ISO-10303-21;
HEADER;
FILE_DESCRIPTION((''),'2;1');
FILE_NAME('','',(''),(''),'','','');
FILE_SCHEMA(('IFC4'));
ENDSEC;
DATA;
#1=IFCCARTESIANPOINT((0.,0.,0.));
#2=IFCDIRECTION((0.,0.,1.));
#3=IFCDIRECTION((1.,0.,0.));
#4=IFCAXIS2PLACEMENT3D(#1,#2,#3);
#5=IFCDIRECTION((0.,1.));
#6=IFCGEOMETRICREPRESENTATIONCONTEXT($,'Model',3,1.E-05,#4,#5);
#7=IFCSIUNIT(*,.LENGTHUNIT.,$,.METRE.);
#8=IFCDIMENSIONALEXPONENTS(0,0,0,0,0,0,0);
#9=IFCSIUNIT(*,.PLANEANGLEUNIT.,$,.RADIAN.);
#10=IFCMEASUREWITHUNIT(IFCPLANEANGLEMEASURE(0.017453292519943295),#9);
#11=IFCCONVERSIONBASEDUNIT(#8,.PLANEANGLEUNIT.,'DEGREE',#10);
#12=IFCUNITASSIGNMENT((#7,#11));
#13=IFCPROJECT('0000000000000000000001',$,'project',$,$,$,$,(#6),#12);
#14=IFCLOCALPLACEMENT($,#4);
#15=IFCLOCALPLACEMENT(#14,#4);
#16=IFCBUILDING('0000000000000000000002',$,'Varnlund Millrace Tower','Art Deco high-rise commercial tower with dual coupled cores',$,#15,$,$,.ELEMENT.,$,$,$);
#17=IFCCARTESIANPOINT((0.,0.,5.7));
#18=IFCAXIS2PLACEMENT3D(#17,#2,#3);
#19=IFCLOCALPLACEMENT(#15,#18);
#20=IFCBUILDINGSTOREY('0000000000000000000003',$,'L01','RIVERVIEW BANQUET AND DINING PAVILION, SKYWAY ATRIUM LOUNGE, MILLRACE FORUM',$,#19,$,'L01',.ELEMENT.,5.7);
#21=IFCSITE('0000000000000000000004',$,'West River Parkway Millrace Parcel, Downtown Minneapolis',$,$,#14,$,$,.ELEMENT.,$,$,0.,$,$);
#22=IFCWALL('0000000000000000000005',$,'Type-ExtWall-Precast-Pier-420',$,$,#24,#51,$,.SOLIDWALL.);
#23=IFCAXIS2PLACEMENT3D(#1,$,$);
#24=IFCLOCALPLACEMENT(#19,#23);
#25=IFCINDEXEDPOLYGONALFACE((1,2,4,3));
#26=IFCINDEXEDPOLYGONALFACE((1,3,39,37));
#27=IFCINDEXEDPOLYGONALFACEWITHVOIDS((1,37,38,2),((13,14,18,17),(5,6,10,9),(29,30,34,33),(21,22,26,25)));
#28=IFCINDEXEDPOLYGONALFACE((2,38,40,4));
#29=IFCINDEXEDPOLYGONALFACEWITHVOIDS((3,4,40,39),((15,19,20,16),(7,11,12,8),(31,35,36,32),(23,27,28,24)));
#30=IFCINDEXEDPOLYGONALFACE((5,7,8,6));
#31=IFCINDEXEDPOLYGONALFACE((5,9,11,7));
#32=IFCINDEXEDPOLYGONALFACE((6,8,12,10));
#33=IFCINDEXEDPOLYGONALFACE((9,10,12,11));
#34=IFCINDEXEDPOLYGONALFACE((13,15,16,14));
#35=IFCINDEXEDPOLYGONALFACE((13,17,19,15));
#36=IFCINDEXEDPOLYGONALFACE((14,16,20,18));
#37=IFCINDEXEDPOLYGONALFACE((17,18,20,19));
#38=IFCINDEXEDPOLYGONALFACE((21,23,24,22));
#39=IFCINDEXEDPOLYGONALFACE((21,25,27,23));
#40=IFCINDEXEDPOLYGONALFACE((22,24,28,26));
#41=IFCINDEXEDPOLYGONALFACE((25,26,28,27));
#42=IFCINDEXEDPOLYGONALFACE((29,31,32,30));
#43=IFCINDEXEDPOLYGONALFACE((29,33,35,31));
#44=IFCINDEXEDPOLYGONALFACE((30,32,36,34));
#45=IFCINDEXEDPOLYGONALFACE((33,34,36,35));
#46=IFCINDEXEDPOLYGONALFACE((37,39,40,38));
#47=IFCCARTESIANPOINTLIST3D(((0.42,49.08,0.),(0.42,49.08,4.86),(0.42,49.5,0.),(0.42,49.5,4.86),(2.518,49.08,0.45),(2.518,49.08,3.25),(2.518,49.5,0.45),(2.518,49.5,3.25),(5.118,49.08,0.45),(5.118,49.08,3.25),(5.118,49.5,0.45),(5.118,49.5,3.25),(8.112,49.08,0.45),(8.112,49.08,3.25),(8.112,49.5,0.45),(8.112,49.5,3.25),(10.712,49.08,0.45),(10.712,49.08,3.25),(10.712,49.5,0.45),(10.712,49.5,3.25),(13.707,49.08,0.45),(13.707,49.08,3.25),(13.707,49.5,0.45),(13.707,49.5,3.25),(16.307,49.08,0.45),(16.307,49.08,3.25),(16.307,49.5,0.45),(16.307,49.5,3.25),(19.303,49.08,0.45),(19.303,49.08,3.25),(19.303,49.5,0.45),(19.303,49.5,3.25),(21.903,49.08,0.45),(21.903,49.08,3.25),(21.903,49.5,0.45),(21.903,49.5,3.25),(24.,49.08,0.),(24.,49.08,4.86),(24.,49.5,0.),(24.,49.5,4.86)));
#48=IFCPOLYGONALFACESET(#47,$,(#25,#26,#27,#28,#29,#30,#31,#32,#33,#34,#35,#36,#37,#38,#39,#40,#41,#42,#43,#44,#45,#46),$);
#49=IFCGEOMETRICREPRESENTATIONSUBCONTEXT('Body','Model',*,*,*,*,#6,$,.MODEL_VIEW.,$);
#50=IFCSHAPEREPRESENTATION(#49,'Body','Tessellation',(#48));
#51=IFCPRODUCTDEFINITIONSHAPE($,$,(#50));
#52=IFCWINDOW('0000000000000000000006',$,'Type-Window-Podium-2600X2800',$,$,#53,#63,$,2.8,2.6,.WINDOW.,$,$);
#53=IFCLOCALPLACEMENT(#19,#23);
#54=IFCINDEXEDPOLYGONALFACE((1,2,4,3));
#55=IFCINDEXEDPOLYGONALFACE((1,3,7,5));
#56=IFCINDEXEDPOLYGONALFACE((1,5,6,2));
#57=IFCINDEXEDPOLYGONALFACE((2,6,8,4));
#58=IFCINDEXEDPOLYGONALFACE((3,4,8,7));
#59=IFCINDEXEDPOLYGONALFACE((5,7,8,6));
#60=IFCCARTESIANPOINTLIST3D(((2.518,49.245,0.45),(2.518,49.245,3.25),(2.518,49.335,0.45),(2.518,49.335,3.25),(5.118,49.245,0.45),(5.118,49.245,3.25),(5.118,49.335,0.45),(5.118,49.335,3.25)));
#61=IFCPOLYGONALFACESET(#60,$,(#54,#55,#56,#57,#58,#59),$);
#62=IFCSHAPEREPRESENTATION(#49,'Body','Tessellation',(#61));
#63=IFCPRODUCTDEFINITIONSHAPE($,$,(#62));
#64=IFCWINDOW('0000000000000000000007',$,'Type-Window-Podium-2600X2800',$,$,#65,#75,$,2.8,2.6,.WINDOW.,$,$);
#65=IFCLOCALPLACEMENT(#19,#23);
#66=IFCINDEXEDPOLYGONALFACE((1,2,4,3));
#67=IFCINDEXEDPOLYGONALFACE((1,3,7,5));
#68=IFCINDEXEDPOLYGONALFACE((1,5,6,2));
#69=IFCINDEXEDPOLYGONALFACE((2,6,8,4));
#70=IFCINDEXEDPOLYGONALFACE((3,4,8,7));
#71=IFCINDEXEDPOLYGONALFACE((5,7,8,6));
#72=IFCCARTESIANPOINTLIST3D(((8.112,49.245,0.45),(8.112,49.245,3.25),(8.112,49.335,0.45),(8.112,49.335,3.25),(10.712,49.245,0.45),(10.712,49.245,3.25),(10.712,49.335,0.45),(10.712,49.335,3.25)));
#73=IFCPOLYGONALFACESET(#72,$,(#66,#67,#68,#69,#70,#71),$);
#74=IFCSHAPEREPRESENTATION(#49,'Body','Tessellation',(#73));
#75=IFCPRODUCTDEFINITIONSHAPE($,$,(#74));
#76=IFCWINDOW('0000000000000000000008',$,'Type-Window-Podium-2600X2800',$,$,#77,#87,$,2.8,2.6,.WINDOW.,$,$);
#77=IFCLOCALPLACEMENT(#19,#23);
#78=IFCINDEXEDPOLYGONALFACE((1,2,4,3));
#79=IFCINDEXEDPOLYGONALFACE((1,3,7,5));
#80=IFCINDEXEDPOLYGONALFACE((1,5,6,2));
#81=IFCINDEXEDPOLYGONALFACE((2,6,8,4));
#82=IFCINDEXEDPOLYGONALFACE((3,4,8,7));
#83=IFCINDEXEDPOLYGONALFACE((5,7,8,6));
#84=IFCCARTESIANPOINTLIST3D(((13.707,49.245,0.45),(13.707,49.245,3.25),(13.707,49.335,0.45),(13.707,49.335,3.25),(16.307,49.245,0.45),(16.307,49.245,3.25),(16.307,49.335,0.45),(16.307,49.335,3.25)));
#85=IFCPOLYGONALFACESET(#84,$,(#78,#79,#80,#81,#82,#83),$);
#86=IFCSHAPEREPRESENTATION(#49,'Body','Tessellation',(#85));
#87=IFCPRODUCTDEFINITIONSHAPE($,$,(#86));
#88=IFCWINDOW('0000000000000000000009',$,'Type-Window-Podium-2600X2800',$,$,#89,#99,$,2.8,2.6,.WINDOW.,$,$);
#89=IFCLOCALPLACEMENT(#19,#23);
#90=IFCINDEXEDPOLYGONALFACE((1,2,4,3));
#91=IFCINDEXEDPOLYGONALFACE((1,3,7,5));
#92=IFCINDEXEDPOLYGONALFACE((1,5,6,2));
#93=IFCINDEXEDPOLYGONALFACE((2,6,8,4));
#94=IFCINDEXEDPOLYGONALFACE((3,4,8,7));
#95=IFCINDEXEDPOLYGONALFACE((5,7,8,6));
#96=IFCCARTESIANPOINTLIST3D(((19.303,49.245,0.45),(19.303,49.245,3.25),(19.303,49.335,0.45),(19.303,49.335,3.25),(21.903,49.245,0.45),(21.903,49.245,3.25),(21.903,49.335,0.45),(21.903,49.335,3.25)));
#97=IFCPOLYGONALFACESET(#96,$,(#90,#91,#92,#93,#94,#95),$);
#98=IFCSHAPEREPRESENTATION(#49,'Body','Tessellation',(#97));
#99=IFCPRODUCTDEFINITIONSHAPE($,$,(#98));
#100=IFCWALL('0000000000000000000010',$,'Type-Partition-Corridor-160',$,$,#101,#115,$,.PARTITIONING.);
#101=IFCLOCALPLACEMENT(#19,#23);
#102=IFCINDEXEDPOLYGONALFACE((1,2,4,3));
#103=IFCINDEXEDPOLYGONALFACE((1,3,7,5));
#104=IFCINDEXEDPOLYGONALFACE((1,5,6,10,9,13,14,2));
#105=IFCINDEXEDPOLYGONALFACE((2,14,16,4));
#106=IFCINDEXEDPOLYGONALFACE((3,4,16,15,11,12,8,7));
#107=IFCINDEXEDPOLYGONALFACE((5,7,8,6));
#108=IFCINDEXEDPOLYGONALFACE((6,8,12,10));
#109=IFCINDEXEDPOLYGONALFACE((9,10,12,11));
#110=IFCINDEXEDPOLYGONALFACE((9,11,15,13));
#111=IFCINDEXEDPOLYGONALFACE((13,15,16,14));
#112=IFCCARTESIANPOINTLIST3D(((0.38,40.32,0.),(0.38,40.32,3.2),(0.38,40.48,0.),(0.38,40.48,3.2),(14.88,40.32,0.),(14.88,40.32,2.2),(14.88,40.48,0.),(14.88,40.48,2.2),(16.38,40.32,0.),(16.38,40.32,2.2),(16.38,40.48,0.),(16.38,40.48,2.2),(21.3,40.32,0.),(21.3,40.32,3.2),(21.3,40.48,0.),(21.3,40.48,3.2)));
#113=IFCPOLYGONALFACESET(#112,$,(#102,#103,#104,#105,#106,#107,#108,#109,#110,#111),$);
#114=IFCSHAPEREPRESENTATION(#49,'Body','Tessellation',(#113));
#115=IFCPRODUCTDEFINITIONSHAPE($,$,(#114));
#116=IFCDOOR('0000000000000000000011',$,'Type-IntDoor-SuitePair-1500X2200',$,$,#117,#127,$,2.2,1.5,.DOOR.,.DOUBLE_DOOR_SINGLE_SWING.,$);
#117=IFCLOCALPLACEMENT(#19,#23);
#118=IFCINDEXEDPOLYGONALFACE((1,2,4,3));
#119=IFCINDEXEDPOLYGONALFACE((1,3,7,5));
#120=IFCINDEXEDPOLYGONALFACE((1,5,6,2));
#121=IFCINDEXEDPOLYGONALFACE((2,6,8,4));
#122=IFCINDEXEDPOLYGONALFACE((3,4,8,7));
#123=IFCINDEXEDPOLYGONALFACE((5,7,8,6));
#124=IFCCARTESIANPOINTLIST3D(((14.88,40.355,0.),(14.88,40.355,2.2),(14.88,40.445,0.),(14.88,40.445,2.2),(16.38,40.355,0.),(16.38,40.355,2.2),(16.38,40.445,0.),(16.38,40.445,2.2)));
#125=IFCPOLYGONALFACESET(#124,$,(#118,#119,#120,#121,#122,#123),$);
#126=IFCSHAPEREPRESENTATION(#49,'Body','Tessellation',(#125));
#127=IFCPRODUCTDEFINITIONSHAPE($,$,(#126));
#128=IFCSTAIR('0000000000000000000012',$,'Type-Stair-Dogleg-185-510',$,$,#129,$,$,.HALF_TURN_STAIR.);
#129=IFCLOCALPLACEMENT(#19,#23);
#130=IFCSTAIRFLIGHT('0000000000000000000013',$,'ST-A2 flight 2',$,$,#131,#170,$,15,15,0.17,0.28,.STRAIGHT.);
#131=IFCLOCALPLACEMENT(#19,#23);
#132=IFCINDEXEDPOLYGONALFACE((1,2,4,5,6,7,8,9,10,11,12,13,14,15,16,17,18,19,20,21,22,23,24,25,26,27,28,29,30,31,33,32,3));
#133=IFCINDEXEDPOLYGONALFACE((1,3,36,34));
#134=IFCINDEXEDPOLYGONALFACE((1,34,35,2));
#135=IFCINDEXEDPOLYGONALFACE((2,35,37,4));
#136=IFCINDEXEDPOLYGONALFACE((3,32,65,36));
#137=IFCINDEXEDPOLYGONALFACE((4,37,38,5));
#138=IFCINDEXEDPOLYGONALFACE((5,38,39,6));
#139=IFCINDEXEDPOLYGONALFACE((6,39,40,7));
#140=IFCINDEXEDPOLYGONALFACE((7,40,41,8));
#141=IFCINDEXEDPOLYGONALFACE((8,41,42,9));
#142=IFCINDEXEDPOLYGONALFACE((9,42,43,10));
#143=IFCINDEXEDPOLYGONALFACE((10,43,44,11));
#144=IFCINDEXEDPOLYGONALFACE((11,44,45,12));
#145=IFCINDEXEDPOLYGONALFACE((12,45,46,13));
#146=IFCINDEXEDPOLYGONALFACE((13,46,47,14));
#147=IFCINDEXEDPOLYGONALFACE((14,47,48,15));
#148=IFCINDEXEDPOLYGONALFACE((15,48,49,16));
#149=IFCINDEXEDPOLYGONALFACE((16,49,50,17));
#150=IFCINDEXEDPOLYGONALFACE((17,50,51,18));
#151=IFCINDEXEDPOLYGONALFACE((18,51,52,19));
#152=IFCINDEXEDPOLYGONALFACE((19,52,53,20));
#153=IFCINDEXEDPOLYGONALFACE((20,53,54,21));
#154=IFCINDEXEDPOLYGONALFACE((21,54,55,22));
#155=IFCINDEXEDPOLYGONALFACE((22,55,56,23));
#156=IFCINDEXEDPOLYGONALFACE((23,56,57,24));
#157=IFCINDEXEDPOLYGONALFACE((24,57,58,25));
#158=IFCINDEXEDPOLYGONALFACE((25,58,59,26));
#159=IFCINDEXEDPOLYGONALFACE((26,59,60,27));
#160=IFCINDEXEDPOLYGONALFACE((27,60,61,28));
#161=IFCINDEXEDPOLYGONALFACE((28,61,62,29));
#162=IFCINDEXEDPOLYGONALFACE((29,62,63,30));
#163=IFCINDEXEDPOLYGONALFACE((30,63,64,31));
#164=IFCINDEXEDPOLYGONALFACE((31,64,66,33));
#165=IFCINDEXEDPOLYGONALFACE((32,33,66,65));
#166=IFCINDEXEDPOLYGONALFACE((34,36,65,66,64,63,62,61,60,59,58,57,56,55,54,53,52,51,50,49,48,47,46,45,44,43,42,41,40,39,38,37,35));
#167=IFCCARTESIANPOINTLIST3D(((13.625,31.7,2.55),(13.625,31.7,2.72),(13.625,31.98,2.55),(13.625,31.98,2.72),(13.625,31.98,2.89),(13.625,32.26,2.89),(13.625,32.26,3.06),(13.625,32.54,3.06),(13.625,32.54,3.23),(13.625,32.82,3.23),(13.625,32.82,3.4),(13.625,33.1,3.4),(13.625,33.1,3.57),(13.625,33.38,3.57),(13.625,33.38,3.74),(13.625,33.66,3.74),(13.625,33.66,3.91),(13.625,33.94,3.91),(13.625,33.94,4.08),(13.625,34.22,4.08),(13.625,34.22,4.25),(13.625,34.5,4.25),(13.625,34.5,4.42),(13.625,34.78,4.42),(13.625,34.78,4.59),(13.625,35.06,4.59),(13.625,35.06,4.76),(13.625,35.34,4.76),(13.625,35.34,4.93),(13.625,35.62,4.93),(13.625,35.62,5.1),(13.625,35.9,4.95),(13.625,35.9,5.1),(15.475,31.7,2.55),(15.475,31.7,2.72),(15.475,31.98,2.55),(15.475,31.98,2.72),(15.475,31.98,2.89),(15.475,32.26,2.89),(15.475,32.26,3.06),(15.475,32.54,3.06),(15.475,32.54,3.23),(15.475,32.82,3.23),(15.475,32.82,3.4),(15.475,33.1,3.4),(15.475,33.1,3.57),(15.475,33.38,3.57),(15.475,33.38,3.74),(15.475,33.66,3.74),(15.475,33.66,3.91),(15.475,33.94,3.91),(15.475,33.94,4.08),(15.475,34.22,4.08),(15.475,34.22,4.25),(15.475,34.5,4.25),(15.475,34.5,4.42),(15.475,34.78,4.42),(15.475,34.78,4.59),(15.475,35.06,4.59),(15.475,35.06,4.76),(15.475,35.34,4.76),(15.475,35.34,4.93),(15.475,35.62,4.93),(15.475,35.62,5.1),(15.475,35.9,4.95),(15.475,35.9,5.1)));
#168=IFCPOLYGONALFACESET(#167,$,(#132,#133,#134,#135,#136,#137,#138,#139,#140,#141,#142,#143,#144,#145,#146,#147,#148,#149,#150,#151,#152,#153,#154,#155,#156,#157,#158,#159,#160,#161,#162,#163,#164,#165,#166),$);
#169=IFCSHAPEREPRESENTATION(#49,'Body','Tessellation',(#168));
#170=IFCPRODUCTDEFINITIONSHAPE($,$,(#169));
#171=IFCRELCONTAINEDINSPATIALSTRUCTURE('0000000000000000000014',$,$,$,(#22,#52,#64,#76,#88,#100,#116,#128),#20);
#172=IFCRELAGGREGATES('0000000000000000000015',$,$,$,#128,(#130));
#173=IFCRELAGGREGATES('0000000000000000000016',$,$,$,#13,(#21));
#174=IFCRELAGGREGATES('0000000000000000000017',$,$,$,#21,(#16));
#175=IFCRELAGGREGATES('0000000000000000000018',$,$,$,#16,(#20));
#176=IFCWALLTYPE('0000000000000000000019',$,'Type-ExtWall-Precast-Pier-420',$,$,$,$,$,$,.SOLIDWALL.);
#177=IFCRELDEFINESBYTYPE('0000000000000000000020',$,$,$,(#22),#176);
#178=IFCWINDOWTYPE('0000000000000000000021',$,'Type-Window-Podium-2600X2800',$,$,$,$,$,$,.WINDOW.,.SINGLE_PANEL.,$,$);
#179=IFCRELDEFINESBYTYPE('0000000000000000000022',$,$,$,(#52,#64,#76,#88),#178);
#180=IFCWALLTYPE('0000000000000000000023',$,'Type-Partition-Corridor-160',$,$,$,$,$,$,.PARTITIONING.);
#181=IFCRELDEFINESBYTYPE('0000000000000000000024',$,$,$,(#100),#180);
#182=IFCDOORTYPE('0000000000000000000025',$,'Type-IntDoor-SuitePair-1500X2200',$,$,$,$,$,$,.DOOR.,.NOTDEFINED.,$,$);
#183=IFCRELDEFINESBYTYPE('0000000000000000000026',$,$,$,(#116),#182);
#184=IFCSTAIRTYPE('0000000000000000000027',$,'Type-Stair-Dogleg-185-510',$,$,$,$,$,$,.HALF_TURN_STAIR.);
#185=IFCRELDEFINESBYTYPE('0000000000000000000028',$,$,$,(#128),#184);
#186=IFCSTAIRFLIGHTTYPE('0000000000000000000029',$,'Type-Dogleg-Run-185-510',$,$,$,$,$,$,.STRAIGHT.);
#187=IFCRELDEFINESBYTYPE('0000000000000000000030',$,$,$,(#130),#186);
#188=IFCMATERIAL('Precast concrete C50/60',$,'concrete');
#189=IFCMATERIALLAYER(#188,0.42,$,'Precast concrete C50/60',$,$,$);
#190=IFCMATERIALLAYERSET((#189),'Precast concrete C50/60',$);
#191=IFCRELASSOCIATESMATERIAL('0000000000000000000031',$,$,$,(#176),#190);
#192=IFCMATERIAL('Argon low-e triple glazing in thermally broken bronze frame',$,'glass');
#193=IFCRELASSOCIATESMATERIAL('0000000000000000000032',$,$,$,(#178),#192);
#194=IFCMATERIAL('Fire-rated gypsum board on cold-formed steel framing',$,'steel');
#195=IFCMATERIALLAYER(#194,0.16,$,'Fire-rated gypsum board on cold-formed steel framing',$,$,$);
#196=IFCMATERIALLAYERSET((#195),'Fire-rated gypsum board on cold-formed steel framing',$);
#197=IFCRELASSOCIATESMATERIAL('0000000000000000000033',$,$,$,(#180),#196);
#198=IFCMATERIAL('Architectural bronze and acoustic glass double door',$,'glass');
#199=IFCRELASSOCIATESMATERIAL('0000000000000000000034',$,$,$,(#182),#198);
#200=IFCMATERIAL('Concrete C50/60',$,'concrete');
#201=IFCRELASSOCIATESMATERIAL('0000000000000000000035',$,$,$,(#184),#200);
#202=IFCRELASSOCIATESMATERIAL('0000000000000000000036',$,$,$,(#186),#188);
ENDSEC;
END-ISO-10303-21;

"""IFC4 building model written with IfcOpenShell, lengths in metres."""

from ifc_helpers import new_model, entity, si_unit, converted_unit, direction, frame, origin_with_axes, origin_2d_with_axis, place, context, subcontext, project, spatial, polyline, rectangle, outline, extrude, material, layer, layer_set, type_object, element, fill, aggregate, save


model = new_model("IFC4")

# Units and contexts
model_context = context("Model", 3, precision=1e-05, world=origin_with_axes(), true_north=direction((0.0, 1.0)))
body_context = subcontext(model_context, "Body", "Model", "MODEL_VIEW")
ifc_project = project(units=[si_unit("LENGTHUNIT", "METRE"), converted_unit("PLANEANGLEUNIT", "DEGREE", entity("IfcPlaneAngleMeasure", 0.017453292519943295), si_unit("PLANEANGLEUNIT", "RADIAN"), dimensions=[0, 0, 0, 0, 0, 0, 0])], contexts=[model_context])

# Site, building, storey
site_placement = place(None, origin_with_axes())
site = spatial("IfcSite", under=ifc_project, at=site_placement, Name="West River Parkway Millrace Parcel, Downtown Minneapolis", CompositionType="ELEMENT", RefElevation=0.0)
building_placement = place(site_placement, origin_with_axes())
building = spatial("IfcBuilding", under=site, at=building_placement, Name="Varnlund Millrace Tower", Description="Art Deco high-rise commercial tower with dual coupled cores", CompositionType="ELEMENT")
storey_placement = place(building_placement, frame((0.0, 0.0, 5.7), z_axis=(0.0, 0.0, 1.0), x_axis=(1.0, 0.0, 0.0)))
storey = spatial("IfcBuildingStorey", under=building, at=storey_placement, Name="L01", Description="RIVERVIEW BANQUET AND DINING PAVILION, SKYWAY ATRIUM LOUNGE, MILLRACE FORUM", LongName="L01", CompositionType="ELEMENT", Elevation=5.7)

# Wall, openings, windows
ifc_material_1 = material(Name="Precast concrete C50/60", Category="concrete")
ifc_layer_1 = layer(ifc_material_1, 0.42, Name="Precast concrete C50/60")
ifc_layer_set_1 = layer_set([ifc_layer_1], Name="Precast concrete C50/60")
wall_type_1 = type_object("IfcWallType", Name="Type-ExtWall-Precast-Pier-420", PredefinedType="SOLIDWALL", material=ifc_layer_set_1)
wall_1_placement = place(storey_placement, frame((0.42, 49.29, 0.0), z_axis=(0.0, 0.0, 1.0), x_axis=(1.0, 0.0, 0.0)))
wall_1 = element("IfcWall", 1, at=wall_1_placement, inside=storey, type_object=wall_type_1, Name="Type-ExtWall-Precast-Pier-420", PredefinedType="SOLIDWALL", context=body_context, shape_type="SweptSolid", body=[
    extrude(outline(polyline([(0.0, -0.21), (23.58, -0.21), (23.58, 0.21), (0.0, 0.21), (0.0, -0.21)])), origin_with_axes(), (0.0, 0.0, 1.0), 4.86),
])
opening_1_placement = place(wall_1_placement, frame((3.398, 0.0, 0.45), z_axis=(0.0, 0.0, 1.0), x_axis=(1.0, 0.0, 0.0)))
opening_1 = element("IfcOpeningElement", 2, at=opening_1_placement, cuts=wall_1, PredefinedType="OPENING", context=body_context, shape_type="SweptSolid", body=[
    extrude(rectangle(XDim=2.6, YDim=0.44, at=origin_2d_with_axis()), origin_with_axes(), (0.0, 0.0, 1.0), 2.8),
])
opening_2_placement = place(wall_1_placement, frame((8.992, 0.0, 0.45), z_axis=(0.0, 0.0, 1.0), x_axis=(1.0, 0.0, 0.0)))
opening_2 = element("IfcOpeningElement", 3, at=opening_2_placement, cuts=wall_1, PredefinedType="OPENING", context=body_context, shape_type="SweptSolid", body=[
    extrude(rectangle(XDim=2.6, YDim=0.44, at=origin_2d_with_axis()), origin_with_axes(), (0.0, 0.0, 1.0), 2.8),
])
opening_3_placement = place(wall_1_placement, frame((14.587, 0.0, 0.45), z_axis=(0.0, 0.0, 1.0), x_axis=(1.0, 0.0, 0.0)))
opening_3 = element("IfcOpeningElement", 4, at=opening_3_placement, cuts=wall_1, PredefinedType="OPENING", context=body_context, shape_type="SweptSolid", body=[
    extrude(rectangle(XDim=2.6, YDim=0.44, at=origin_2d_with_axis()), origin_with_axes(), (0.0, 0.0, 1.0), 2.8),
])
opening_4_placement = place(wall_1_placement, frame((20.183, 0.0, 0.45), z_axis=(0.0, 0.0, 1.0), x_axis=(1.0, 0.0, 0.0)))
opening_4 = element("IfcOpeningElement", 5, at=opening_4_placement, cuts=wall_1, PredefinedType="OPENING", context=body_context, shape_type="SweptSolid", body=[
    extrude(rectangle(XDim=2.6, YDim=0.44, at=origin_2d_with_axis()), origin_with_axes(), (0.0, 0.0, 1.0), 2.8),
])
ifc_material_2 = material(Name="Argon low-e triple glazing in thermally broken bronze frame", Category="glass")
window_type = type_object("IfcWindowType", Name="Type-Window-Podium-2600X2800", PartitioningType="SINGLE_PANEL", PredefinedType="WINDOW", material=ifc_material_2)
window_1_placement = place(wall_1_placement, frame((3.398, 0.0, 0.45), z_axis=(0.0, 0.0, 1.0), x_axis=(1.0, 0.0, 0.0)))
window_1 = element("IfcWindow", 6, at=window_1_placement, inside=storey, type_object=window_type, Name="Type-Window-Podium-2600X2800", OverallHeight=2.8, OverallWidth=2.6, PredefinedType="WINDOW", context=body_context, shape_type="SweptSolid", body=[
    extrude(rectangle(XDim=2.6, YDim=0.09, at=origin_2d_with_axis()), origin_with_axes(), (0.0, 0.0, 1.0), 2.8),
])
fill(opening_1, window_1)
window_2_placement = place(wall_1_placement, frame((8.992, 0.0, 0.45), z_axis=(0.0, 0.0, 1.0), x_axis=(1.0, 0.0, 0.0)))
window_2 = element("IfcWindow", 7, at=window_2_placement, inside=storey, type_object=window_type, Name="Type-Window-Podium-2600X2800", OverallHeight=2.8, OverallWidth=2.6, PredefinedType="WINDOW", context=body_context, shape_type="SweptSolid", body=[
    extrude(rectangle(XDim=2.6, YDim=0.09, at=origin_2d_with_axis()), origin_with_axes(), (0.0, 0.0, 1.0), 2.8),
])
fill(opening_2, window_2)
window_3_placement = place(wall_1_placement, frame((14.587, 0.0, 0.45), z_axis=(0.0, 0.0, 1.0), x_axis=(1.0, 0.0, 0.0)))
window_3 = element("IfcWindow", 8, at=window_3_placement, inside=storey, type_object=window_type, Name="Type-Window-Podium-2600X2800", OverallHeight=2.8, OverallWidth=2.6, PredefinedType="WINDOW", context=body_context, shape_type="SweptSolid", body=[
    extrude(rectangle(XDim=2.6, YDim=0.09, at=origin_2d_with_axis()), origin_with_axes(), (0.0, 0.0, 1.0), 2.8),
])
fill(opening_3, window_3)
window_4_placement = place(wall_1_placement, frame((20.183, 0.0, 0.45), z_axis=(0.0, 0.0, 1.0), x_axis=(1.0, 0.0, 0.0)))
window_4 = element("IfcWindow", 9, at=window_4_placement, inside=storey, type_object=window_type, Name="Type-Window-Podium-2600X2800", OverallHeight=2.8, OverallWidth=2.6, PredefinedType="WINDOW", context=body_context, shape_type="SweptSolid", body=[
    extrude(rectangle(XDim=2.6, YDim=0.09, at=origin_2d_with_axis()), origin_with_axes(), (0.0, 0.0, 1.0), 2.8),
])
fill(opening_4, window_4)

# Wall, opening, door
ifc_material_3 = material(Name="Fire-rated gypsum board on cold-formed steel framing", Category="steel")
ifc_layer_2 = layer(ifc_material_3, 0.16, Name="Fire-rated gypsum board on cold-formed steel framing")
ifc_layer_set_2 = layer_set([ifc_layer_2], Name="Fire-rated gypsum board on cold-formed steel framing")
wall_type_2 = type_object("IfcWallType", Name="Type-Partition-Corridor-160", PredefinedType="PARTITIONING", material=ifc_layer_set_2)
wall_2_placement = place(storey_placement, frame((0.38, 40.4, 0.0), z_axis=(0.0, 0.0, 1.0), x_axis=(1.0, 0.0, 0.0)))
wall_2 = element("IfcWall", 10, at=wall_2_placement, inside=storey, type_object=wall_type_2, Name="Type-Partition-Corridor-160", PredefinedType="PARTITIONING", context=body_context, shape_type="SweptSolid", body=[
    extrude(outline(polyline([(0.0, -0.08), (20.92, -0.08), (20.92, 0.08), (0.0, 0.08), (0.0, -0.08)])), origin_with_axes(), (0.0, 0.0, 1.0), 3.2),
])
opening_5_placement = place(wall_2_placement, frame((15.25, 0.0, 0.0), z_axis=(0.0, 0.0, 1.0), x_axis=(1.0, 0.0, 0.0)))
opening_5 = element("IfcOpeningElement", 11, at=opening_5_placement, cuts=wall_2, PredefinedType="OPENING", context=body_context, shape_type="SweptSolid", body=[
    extrude(rectangle(XDim=1.5, YDim=0.18, at=origin_2d_with_axis()), origin_with_axes(), (0.0, 0.0, 1.0), 2.2),
])
ifc_material_4 = material(Name="Architectural bronze and acoustic glass double door", Category="glass")
door_type_1 = type_object("IfcDoorType", Name="Type-IntDoor-SuitePair-1500X2200", OperationType="NOTDEFINED", PredefinedType="DOOR", material=ifc_material_4)
door_1_placement = place(wall_2_placement, frame((15.25, 0.0, 0.0), z_axis=(0.0, 0.0, 1.0), x_axis=(1.0, 0.0, 0.0)))
door_1 = element("IfcDoor", 12, at=door_1_placement, inside=storey, type_object=door_type_1, Name="Type-IntDoor-SuitePair-1500X2200", OperationType="DOUBLE_DOOR_SINGLE_SWING", OverallHeight=2.2, OverallWidth=1.5, PredefinedType="DOOR", context=body_context, shape_type="SweptSolid", body=[
    extrude(rectangle(XDim=1.5, YDim=0.09, at=origin_2d_with_axis()), origin_with_axes(), (0.0, 0.0, 1.0), 2.2),
])
fill(opening_5, door_1)

# Stair, stair flight
ifc_material_5 = material(Name="Concrete C50/60", Category="concrete")
stair_type = type_object("IfcStairType", Name="Type-Stair-Dogleg-185-510", PredefinedType="HALF_TURN_STAIR", material=ifc_material_5)
stair_placement = place(storey_placement, origin_with_axes())
stair = element("IfcStair", 13, at=stair_placement, inside=storey, type_object=stair_type, Name="Type-Stair-Dogleg-185-510", PredefinedType="HALF_TURN_STAIR")
stair_flight_type = type_object("IfcStairFlightType", Name="Type-Dogleg-Run-185-510", PredefinedType="STRAIGHT", material=ifc_material_1)
stair_flight_placement = place(storey_placement, frame((13.625, 31.7, 2.55), z_axis=(1.0, 0.0, 0.0), x_axis=(0.0, 1.0, 0.0)))
stair_flight = element("IfcStairFlight", 14, at=stair_flight_placement, type_object=stair_flight_type, Name="ST-A2 flight 2", NumberOfRisers=15, NumberOfTreads=15, PredefinedType="STRAIGHT", RiserHeight=0.17, TreadLength=0.28, context=body_context, shape_type="SweptSolid", body=[
    extrude(outline(polyline([(0.0, 0.0), (0.0, 0.17), (0.28, 0.17), (0.28, 0.34), (0.56, 0.34), (0.56, 0.51), (0.84, 0.51), (0.84, 0.68), (1.12, 0.68), (1.12, 0.85), (1.4, 0.85), (1.4, 1.02), (1.68, 1.02), (1.68, 1.19), (1.96, 1.19), (1.96, 1.36), (2.24, 1.36), (2.24, 1.53), (2.52, 1.53), (2.52, 1.7), (2.8, 1.7), (2.8, 1.87), (3.08, 1.87), (3.08, 2.04), (3.36, 2.04), (3.36, 2.21), (3.64, 2.21), (3.64, 2.38), (3.92, 2.38), (3.92, 2.55), (4.2, 2.55), (4.2, 2.4), (0.28, 0.0), (0.0, 0.0)])), origin_with_axes(), (0.0, 0.0, 1.0), 1.85),
])
aggregate(stair, [stair_flight])

save(model, "model.ifc")
